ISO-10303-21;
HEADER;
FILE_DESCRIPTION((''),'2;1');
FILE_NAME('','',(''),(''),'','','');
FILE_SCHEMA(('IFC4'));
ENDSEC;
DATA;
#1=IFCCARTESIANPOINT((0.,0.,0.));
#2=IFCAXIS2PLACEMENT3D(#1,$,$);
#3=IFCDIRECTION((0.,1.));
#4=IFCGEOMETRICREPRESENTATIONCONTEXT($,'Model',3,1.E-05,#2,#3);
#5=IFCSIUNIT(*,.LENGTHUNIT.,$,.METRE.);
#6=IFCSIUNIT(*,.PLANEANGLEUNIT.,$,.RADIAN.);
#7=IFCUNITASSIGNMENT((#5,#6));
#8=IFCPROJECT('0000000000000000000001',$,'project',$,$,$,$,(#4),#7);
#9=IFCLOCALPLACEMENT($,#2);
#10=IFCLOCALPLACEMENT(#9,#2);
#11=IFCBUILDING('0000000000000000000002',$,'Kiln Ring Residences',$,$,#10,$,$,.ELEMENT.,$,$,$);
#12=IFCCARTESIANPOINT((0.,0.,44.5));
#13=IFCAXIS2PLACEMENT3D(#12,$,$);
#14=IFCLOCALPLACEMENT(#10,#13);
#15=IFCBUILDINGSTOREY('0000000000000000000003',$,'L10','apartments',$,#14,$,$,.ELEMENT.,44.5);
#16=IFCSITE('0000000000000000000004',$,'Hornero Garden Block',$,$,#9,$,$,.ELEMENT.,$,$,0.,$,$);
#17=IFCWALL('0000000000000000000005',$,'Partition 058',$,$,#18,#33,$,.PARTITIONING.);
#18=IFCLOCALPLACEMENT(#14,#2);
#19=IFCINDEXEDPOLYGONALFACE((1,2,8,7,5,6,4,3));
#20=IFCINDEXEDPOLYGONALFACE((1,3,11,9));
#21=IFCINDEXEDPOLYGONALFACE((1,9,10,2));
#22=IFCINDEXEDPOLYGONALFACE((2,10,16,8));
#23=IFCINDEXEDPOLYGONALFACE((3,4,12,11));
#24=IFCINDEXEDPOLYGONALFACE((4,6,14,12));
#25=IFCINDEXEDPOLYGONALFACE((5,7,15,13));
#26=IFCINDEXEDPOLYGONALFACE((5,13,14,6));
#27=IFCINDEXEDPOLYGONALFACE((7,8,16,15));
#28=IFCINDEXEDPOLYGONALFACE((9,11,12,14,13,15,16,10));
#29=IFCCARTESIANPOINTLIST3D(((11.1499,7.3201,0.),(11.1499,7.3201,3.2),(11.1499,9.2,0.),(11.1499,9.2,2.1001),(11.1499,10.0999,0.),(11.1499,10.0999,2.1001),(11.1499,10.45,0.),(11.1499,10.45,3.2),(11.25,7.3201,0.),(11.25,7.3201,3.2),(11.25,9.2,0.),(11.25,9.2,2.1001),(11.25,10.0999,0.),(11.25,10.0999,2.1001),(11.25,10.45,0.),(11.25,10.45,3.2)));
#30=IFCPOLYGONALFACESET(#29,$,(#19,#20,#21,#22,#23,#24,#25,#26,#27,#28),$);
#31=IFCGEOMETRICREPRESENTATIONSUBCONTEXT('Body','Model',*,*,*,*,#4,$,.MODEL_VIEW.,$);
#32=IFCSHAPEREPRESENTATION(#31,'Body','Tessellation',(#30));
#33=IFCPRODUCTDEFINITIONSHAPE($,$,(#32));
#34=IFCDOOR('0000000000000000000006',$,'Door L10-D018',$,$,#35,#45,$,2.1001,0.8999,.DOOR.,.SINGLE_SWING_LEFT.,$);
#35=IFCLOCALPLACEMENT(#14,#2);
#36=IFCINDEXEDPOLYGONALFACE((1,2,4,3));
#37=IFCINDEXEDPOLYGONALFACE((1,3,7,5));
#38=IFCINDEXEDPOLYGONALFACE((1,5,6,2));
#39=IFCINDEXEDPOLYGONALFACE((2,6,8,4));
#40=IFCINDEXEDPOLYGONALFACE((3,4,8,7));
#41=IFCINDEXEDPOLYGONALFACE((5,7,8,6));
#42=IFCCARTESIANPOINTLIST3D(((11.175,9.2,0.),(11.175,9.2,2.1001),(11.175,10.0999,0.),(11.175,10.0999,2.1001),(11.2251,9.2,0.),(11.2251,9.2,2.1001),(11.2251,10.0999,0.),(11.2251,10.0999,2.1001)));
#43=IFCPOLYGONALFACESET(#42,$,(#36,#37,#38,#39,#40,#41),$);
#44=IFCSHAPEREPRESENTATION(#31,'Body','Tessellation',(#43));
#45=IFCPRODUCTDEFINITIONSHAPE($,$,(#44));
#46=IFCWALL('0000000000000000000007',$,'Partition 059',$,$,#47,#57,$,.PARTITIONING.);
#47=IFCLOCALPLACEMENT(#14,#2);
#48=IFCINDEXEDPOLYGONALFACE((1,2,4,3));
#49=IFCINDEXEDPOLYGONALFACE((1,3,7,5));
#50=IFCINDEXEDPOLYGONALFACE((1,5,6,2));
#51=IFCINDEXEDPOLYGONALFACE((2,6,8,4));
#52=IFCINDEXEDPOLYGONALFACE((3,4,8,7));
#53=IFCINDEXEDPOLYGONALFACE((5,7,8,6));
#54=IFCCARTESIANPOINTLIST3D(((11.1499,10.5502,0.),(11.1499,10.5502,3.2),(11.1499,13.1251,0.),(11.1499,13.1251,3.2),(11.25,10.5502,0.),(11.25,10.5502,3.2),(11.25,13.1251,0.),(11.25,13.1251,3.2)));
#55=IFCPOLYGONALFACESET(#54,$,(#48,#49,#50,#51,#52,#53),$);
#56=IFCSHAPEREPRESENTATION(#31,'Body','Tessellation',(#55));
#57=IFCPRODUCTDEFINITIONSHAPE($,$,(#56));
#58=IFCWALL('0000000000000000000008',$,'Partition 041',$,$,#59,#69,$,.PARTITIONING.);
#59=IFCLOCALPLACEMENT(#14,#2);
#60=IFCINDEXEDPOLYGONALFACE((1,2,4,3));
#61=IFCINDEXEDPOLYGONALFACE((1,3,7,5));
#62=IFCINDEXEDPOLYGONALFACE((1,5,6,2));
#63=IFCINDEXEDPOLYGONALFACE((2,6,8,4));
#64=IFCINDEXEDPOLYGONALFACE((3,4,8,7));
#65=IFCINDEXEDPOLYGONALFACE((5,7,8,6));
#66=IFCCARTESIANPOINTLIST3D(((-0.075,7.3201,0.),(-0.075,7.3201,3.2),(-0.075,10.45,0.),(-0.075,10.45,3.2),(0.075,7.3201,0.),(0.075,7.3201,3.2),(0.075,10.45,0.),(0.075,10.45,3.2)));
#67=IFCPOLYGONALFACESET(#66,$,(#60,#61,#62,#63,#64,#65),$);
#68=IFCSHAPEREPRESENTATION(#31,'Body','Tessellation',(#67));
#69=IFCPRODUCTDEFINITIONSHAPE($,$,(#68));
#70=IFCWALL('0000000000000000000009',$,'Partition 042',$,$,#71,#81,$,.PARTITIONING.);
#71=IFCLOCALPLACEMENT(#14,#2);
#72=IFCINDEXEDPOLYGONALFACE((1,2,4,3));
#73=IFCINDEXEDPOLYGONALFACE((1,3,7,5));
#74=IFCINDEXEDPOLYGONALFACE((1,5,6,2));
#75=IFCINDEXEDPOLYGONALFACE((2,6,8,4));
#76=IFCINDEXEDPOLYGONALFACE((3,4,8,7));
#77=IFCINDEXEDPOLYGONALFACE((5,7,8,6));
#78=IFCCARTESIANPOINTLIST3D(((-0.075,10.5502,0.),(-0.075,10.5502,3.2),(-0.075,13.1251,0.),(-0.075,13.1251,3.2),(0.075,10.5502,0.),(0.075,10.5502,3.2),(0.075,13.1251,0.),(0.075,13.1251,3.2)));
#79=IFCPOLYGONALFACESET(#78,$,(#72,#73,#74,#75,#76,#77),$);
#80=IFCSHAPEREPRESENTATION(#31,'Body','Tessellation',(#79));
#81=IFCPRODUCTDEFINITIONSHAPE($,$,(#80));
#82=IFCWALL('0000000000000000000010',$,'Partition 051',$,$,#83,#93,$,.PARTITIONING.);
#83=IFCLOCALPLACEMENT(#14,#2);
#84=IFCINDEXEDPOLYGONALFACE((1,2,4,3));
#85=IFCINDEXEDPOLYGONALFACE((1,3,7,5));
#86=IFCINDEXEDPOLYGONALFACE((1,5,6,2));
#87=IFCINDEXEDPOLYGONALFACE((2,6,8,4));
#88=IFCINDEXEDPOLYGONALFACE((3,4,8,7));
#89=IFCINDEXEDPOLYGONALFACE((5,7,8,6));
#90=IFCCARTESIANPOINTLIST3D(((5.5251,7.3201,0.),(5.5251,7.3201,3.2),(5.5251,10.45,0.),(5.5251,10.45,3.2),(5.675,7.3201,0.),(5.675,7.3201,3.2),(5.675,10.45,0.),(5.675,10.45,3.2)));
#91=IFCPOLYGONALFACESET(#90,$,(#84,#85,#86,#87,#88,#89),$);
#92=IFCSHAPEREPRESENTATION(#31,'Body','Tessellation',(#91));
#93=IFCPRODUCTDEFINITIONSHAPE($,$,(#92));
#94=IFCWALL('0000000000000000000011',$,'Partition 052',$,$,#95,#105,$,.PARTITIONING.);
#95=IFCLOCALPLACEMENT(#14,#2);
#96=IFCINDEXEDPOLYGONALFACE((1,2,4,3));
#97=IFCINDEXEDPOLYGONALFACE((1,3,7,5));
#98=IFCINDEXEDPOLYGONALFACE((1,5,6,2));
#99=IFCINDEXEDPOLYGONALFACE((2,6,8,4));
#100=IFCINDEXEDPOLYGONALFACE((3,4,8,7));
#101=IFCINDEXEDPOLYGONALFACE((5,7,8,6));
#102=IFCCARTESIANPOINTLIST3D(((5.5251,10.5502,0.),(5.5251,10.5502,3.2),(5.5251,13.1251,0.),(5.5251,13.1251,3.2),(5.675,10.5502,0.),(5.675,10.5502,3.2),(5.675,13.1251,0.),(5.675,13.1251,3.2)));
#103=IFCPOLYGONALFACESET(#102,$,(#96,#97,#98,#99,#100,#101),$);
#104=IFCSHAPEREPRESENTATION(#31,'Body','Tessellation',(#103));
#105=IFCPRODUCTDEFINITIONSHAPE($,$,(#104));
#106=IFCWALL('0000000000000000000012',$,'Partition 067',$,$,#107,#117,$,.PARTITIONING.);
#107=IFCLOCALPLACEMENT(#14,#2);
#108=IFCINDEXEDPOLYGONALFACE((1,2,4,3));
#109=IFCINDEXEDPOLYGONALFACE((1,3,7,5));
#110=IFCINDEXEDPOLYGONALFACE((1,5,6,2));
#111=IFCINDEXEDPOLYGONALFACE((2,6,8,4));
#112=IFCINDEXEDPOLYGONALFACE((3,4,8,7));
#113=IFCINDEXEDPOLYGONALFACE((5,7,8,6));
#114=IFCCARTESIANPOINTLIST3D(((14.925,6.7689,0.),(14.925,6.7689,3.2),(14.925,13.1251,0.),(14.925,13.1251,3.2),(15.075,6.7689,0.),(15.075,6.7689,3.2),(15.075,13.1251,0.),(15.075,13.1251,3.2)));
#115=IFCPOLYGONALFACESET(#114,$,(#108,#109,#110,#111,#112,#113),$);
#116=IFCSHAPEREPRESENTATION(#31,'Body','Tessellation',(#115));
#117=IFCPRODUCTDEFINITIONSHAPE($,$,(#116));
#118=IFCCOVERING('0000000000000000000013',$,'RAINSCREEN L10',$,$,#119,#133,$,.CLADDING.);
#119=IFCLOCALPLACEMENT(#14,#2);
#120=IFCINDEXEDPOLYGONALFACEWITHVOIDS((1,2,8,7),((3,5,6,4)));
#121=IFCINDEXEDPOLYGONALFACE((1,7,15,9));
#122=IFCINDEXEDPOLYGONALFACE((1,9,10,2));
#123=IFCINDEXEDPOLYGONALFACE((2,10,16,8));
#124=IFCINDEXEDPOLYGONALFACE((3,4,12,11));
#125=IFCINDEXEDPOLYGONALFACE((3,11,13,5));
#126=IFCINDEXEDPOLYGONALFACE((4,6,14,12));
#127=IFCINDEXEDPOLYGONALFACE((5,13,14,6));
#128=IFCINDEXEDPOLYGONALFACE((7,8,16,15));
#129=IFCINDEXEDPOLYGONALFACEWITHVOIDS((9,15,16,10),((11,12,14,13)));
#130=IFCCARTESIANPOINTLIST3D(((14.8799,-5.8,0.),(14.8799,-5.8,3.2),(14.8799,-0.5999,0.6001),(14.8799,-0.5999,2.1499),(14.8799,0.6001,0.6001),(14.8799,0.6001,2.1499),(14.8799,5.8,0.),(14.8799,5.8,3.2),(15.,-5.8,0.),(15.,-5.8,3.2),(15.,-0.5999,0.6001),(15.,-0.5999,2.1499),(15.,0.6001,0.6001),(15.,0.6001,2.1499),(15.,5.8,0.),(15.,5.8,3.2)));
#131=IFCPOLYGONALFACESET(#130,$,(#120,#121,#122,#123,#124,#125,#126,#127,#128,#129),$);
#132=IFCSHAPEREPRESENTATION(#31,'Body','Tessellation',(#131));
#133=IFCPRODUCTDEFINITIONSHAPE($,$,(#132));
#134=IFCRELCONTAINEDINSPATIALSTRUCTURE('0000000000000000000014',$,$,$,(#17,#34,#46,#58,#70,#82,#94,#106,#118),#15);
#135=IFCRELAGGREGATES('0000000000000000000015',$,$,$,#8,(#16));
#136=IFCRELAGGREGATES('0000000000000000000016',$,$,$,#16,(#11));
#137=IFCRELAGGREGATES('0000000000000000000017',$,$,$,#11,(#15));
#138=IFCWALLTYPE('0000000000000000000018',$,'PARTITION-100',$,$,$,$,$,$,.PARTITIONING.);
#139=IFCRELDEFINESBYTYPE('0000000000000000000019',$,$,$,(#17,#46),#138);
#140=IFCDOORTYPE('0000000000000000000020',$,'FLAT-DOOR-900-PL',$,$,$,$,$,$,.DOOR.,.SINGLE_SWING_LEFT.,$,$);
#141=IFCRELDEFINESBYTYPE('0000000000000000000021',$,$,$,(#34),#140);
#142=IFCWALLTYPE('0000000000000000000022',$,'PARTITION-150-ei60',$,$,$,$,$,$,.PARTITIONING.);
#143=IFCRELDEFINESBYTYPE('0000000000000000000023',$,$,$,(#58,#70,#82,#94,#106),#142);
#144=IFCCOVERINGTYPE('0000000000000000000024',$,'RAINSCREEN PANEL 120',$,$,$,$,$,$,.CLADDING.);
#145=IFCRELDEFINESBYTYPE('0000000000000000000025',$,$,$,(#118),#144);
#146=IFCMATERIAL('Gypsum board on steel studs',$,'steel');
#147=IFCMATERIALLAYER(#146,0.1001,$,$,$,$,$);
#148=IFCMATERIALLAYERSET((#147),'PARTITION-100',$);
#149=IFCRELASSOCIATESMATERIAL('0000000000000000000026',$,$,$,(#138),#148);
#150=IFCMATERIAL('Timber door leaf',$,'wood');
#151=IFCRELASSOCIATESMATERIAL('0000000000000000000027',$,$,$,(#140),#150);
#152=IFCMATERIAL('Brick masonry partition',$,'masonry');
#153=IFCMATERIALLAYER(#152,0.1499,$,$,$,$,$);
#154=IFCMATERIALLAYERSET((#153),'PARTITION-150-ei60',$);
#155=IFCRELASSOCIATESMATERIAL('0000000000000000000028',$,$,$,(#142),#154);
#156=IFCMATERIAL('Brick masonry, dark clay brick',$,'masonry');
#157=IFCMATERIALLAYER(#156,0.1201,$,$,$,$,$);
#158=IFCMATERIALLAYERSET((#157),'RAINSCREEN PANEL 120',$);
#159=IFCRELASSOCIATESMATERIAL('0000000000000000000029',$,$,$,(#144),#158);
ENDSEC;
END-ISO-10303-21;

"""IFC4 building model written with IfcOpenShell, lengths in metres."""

from ifc_helpers import new_model, si_unit, direction, frame, frame_2d, origin, place, context, subcontext, project, spatial, polyline, rectangle, outline, extrude, material, layer, layer_set, type_object, element, fill, save


model = new_model("IFC4")

# Units and contexts
model_context = context("Model", 3, precision=1e-05, world=origin(), true_north=direction((0.0, 1.0)))
body_context = subcontext(model_context, "Body", "Model", "MODEL_VIEW")
ifc_project = project(units=[si_unit("LENGTHUNIT", "METRE"), si_unit("PLANEANGLEUNIT", "RADIAN")], contexts=[model_context])

# Site, building, storey
site_placement = place(None, origin())
site = spatial("IfcSite", under=ifc_project, at=site_placement, Name="Hornero Garden Block", CompositionType="ELEMENT", RefElevation=0.0)
building_placement = place(site_placement, origin())
building = spatial("IfcBuilding", under=site, at=building_placement, Name="Kiln Ring Residences", CompositionType="ELEMENT")
storey_placement = place(building_placement, frame((0.0, 0.0, 44.5)))
storey = spatial("IfcBuildingStorey", under=building, at=storey_placement, Name="L10", Description="apartments", CompositionType="ELEMENT", Elevation=44.5)

# Shared definitions
ifc_material_1 = material(Name="Gypsum board on steel studs", Category="steel")
ifc_layer_1 = layer(ifc_material_1, 0.1001)
ifc_layer_set_1 = layer_set([ifc_layer_1], Name="PARTITION-100")
wall_type_1 = type_object("IfcWallType", Name="PARTITION-100", PredefinedType="PARTITIONING", material=ifc_layer_set_1)

# Wall, opening, door
wall_1_placement = place(storey_placement, frame((11.2, 7.3201, 0.0), z_axis=(0.0, 0.0, 1.0), x_axis=(0.0, 1.0, 0.0)))
wall_1 = element("IfcWall", 1, at=wall_1_placement, inside=storey, type_object=wall_type_1, Name="Partition 058", PredefinedType="PARTITIONING", context=body_context, shape_type="SweptSolid", body=[
    extrude(rectangle(XDim=3.1299, YDim=0.1001, at=frame_2d((1.5649, 0.0))), origin(), (0.0, 0.0, 1.0), 3.2),
])
opening_placement = place(wall_1_placement, frame((1.8799, 0.0, 0.0)))
opening = element("IfcOpeningElement", 2, at=opening_placement, cuts=wall_1, PredefinedType="OPENING", context=body_context, shape_type="SweptSolid", body=[
    extrude(rectangle(XDim=0.8999, YDim=2.1001, at=frame_2d((0.45, 1.05))), frame((0.0, 0.0601, 0.0), z_axis=(0.0, -1.0, 0.0), x_axis=(1.0, 0.0, 0.0)), (0.0, 0.0, 1.0), 0.1201),
])
ifc_material_2 = material(Name="Timber door leaf", Category="wood")
door_type = type_object("IfcDoorType", Name="FLAT-DOOR-900-PL", OperationType="SINGLE_SWING_LEFT", PredefinedType="DOOR", material=ifc_material_2)
door_placement = place(opening_placement, origin())
door = element("IfcDoor", 3, at=door_placement, inside=storey, type_object=door_type, Name="Door L10-D018", OperationType="SINGLE_SWING_LEFT", OverallHeight=2.1001, OverallWidth=0.8999, PredefinedType="DOOR", context=body_context, shape_type="SweptSolid", body=[
    extrude(rectangle(XDim=0.8999, YDim=2.1001, at=frame_2d((0.45, 1.05))), frame((0.0, 0.0249, 0.0), z_axis=(0.0, -1.0, 0.0), x_axis=(1.0, 0.0, 0.0)), (0.0, 0.0, 1.0), 0.05),
])
fill(opening, door)

# Walls
wall_2_placement = place(storey_placement, frame((11.2, 10.55, 0.0), z_axis=(0.0, 0.0, 1.0), x_axis=(0.0, 1.0, 0.0)))
element("IfcWall", 4, at=wall_2_placement, inside=storey, type_object=wall_type_1, Name="Partition 059", PredefinedType="PARTITIONING", context=body_context, shape_type="SweptSolid", body=[
    extrude(rectangle(XDim=2.575, YDim=0.1001, at=frame_2d((1.2876, 0.0))), origin(), (0.0, 0.0, 1.0), 3.2),
])
ifc_material_3 = material(Name="Brick masonry partition", Category="masonry")
ifc_layer_2 = layer(ifc_material_3, 0.1499)
ifc_layer_set_2 = layer_set([ifc_layer_2], Name="PARTITION-150-ei60")
wall_type_2 = type_object("IfcWallType", Name="PARTITION-150-ei60", PredefinedType="PARTITIONING", material=ifc_layer_set_2)
wall_3_placement = place(storey_placement, frame((0.0, 7.3201, 0.0), z_axis=(0.0, 0.0, 1.0), x_axis=(0.0, 1.0, 0.0)))
element("IfcWall", 5, at=wall_3_placement, inside=storey, type_object=wall_type_2, Name="Partition 041", PredefinedType="PARTITIONING", context=body_context, shape_type="SweptSolid", body=[
    extrude(rectangle(XDim=3.1299, YDim=0.1499, at=frame_2d((1.5649, 0.0))), origin(), (0.0, 0.0, 1.0), 3.2),
])
wall_4_placement = place(storey_placement, frame((0.0, 10.55, 0.0), z_axis=(0.0, 0.0, 1.0), x_axis=(0.0, 1.0, 0.0)))
element("IfcWall", 6, at=wall_4_placement, inside=storey, type_object=wall_type_2, Name="Partition 042", PredefinedType="PARTITIONING", context=body_context, shape_type="SweptSolid", body=[
    extrude(rectangle(XDim=2.575, YDim=0.1499, at=frame_2d((1.2876, 0.0))), origin(), (0.0, 0.0, 1.0), 3.2),
])
wall_5_placement = place(storey_placement, frame((5.6001, 7.3201, 0.0), z_axis=(0.0, 0.0, 1.0), x_axis=(0.0, 1.0, 0.0)))
element("IfcWall", 7, at=wall_5_placement, inside=storey, type_object=wall_type_2, Name="Partition 051", PredefinedType="PARTITIONING", context=body_context, shape_type="SweptSolid", body=[
    extrude(rectangle(XDim=3.1299, YDim=0.1499, at=frame_2d((1.5649, 0.0))), origin(), (0.0, 0.0, 1.0), 3.2),
])
wall_6_placement = place(storey_placement, frame((5.6001, 10.55, 0.0), z_axis=(0.0, 0.0, 1.0), x_axis=(0.0, 1.0, 0.0)))
element("IfcWall", 8, at=wall_6_placement, inside=storey, type_object=wall_type_2, Name="Partition 052", PredefinedType="PARTITIONING", context=body_context, shape_type="SweptSolid", body=[
    extrude(rectangle(XDim=2.575, YDim=0.1499, at=frame_2d((1.2876, 0.0))), origin(), (0.0, 0.0, 1.0), 3.2),
])
wall_7_placement = place(storey_placement, frame((15.0, 6.7688, 0.0), z_axis=(0.0, 0.0, 1.0), x_axis=(0.0, 1.0, 0.0)))
element("IfcWall", 9, at=wall_7_placement, inside=storey, type_object=wall_type_2, Name="Partition 067", PredefinedType="PARTITIONING", context=body_context, shape_type="SweptSolid", body=[
    extrude(rectangle(XDim=6.3562, YDim=0.1499, at=frame_2d((3.1782, 0.0))), origin(), (0.0, 0.0, 1.0), 3.2),
])

# Covering
ifc_material_4 = material(Name="Brick masonry, dark clay brick", Category="masonry")
ifc_layer_3 = layer(ifc_material_4, 0.1201)
ifc_layer_set_3 = layer_set([ifc_layer_3], Name="RAINSCREEN PANEL 120")
covering_type = type_object("IfcCoveringType", Name="RAINSCREEN PANEL 120", PredefinedType="CLADDING", material=ifc_layer_set_3)
covering_placement = place(storey_placement, frame((14.9399, 5.8, 0.0), z_axis=(0.0, 0.0, 1.0), x_axis=(0.0, -1.0, 0.0)))
element("IfcCovering", 10, at=covering_placement, inside=storey, type_object=covering_type, Name="RAINSCREEN L10", PredefinedType="CLADDING", context=body_context, shape_type="SweptSolid", body=[
    extrude(outline(polyline([(0.0, 0.0), (11.6001, 0.0), (11.6001, 3.2), (0.0, 3.2), (0.0, 0.0)]), holes=[polyline([(5.2, 2.1499), (5.2, 0.6001), (6.3999, 0.6001), (6.3999, 2.1499), (5.2, 2.1499)])]), frame((0.0, 0.0601, 0.0), z_axis=(0.0, -1.0, 0.0), x_axis=(1.0, 0.0, 0.0)), (0.0, 0.0, 1.0), 0.1201),
])

save(model, "model.ifc")
